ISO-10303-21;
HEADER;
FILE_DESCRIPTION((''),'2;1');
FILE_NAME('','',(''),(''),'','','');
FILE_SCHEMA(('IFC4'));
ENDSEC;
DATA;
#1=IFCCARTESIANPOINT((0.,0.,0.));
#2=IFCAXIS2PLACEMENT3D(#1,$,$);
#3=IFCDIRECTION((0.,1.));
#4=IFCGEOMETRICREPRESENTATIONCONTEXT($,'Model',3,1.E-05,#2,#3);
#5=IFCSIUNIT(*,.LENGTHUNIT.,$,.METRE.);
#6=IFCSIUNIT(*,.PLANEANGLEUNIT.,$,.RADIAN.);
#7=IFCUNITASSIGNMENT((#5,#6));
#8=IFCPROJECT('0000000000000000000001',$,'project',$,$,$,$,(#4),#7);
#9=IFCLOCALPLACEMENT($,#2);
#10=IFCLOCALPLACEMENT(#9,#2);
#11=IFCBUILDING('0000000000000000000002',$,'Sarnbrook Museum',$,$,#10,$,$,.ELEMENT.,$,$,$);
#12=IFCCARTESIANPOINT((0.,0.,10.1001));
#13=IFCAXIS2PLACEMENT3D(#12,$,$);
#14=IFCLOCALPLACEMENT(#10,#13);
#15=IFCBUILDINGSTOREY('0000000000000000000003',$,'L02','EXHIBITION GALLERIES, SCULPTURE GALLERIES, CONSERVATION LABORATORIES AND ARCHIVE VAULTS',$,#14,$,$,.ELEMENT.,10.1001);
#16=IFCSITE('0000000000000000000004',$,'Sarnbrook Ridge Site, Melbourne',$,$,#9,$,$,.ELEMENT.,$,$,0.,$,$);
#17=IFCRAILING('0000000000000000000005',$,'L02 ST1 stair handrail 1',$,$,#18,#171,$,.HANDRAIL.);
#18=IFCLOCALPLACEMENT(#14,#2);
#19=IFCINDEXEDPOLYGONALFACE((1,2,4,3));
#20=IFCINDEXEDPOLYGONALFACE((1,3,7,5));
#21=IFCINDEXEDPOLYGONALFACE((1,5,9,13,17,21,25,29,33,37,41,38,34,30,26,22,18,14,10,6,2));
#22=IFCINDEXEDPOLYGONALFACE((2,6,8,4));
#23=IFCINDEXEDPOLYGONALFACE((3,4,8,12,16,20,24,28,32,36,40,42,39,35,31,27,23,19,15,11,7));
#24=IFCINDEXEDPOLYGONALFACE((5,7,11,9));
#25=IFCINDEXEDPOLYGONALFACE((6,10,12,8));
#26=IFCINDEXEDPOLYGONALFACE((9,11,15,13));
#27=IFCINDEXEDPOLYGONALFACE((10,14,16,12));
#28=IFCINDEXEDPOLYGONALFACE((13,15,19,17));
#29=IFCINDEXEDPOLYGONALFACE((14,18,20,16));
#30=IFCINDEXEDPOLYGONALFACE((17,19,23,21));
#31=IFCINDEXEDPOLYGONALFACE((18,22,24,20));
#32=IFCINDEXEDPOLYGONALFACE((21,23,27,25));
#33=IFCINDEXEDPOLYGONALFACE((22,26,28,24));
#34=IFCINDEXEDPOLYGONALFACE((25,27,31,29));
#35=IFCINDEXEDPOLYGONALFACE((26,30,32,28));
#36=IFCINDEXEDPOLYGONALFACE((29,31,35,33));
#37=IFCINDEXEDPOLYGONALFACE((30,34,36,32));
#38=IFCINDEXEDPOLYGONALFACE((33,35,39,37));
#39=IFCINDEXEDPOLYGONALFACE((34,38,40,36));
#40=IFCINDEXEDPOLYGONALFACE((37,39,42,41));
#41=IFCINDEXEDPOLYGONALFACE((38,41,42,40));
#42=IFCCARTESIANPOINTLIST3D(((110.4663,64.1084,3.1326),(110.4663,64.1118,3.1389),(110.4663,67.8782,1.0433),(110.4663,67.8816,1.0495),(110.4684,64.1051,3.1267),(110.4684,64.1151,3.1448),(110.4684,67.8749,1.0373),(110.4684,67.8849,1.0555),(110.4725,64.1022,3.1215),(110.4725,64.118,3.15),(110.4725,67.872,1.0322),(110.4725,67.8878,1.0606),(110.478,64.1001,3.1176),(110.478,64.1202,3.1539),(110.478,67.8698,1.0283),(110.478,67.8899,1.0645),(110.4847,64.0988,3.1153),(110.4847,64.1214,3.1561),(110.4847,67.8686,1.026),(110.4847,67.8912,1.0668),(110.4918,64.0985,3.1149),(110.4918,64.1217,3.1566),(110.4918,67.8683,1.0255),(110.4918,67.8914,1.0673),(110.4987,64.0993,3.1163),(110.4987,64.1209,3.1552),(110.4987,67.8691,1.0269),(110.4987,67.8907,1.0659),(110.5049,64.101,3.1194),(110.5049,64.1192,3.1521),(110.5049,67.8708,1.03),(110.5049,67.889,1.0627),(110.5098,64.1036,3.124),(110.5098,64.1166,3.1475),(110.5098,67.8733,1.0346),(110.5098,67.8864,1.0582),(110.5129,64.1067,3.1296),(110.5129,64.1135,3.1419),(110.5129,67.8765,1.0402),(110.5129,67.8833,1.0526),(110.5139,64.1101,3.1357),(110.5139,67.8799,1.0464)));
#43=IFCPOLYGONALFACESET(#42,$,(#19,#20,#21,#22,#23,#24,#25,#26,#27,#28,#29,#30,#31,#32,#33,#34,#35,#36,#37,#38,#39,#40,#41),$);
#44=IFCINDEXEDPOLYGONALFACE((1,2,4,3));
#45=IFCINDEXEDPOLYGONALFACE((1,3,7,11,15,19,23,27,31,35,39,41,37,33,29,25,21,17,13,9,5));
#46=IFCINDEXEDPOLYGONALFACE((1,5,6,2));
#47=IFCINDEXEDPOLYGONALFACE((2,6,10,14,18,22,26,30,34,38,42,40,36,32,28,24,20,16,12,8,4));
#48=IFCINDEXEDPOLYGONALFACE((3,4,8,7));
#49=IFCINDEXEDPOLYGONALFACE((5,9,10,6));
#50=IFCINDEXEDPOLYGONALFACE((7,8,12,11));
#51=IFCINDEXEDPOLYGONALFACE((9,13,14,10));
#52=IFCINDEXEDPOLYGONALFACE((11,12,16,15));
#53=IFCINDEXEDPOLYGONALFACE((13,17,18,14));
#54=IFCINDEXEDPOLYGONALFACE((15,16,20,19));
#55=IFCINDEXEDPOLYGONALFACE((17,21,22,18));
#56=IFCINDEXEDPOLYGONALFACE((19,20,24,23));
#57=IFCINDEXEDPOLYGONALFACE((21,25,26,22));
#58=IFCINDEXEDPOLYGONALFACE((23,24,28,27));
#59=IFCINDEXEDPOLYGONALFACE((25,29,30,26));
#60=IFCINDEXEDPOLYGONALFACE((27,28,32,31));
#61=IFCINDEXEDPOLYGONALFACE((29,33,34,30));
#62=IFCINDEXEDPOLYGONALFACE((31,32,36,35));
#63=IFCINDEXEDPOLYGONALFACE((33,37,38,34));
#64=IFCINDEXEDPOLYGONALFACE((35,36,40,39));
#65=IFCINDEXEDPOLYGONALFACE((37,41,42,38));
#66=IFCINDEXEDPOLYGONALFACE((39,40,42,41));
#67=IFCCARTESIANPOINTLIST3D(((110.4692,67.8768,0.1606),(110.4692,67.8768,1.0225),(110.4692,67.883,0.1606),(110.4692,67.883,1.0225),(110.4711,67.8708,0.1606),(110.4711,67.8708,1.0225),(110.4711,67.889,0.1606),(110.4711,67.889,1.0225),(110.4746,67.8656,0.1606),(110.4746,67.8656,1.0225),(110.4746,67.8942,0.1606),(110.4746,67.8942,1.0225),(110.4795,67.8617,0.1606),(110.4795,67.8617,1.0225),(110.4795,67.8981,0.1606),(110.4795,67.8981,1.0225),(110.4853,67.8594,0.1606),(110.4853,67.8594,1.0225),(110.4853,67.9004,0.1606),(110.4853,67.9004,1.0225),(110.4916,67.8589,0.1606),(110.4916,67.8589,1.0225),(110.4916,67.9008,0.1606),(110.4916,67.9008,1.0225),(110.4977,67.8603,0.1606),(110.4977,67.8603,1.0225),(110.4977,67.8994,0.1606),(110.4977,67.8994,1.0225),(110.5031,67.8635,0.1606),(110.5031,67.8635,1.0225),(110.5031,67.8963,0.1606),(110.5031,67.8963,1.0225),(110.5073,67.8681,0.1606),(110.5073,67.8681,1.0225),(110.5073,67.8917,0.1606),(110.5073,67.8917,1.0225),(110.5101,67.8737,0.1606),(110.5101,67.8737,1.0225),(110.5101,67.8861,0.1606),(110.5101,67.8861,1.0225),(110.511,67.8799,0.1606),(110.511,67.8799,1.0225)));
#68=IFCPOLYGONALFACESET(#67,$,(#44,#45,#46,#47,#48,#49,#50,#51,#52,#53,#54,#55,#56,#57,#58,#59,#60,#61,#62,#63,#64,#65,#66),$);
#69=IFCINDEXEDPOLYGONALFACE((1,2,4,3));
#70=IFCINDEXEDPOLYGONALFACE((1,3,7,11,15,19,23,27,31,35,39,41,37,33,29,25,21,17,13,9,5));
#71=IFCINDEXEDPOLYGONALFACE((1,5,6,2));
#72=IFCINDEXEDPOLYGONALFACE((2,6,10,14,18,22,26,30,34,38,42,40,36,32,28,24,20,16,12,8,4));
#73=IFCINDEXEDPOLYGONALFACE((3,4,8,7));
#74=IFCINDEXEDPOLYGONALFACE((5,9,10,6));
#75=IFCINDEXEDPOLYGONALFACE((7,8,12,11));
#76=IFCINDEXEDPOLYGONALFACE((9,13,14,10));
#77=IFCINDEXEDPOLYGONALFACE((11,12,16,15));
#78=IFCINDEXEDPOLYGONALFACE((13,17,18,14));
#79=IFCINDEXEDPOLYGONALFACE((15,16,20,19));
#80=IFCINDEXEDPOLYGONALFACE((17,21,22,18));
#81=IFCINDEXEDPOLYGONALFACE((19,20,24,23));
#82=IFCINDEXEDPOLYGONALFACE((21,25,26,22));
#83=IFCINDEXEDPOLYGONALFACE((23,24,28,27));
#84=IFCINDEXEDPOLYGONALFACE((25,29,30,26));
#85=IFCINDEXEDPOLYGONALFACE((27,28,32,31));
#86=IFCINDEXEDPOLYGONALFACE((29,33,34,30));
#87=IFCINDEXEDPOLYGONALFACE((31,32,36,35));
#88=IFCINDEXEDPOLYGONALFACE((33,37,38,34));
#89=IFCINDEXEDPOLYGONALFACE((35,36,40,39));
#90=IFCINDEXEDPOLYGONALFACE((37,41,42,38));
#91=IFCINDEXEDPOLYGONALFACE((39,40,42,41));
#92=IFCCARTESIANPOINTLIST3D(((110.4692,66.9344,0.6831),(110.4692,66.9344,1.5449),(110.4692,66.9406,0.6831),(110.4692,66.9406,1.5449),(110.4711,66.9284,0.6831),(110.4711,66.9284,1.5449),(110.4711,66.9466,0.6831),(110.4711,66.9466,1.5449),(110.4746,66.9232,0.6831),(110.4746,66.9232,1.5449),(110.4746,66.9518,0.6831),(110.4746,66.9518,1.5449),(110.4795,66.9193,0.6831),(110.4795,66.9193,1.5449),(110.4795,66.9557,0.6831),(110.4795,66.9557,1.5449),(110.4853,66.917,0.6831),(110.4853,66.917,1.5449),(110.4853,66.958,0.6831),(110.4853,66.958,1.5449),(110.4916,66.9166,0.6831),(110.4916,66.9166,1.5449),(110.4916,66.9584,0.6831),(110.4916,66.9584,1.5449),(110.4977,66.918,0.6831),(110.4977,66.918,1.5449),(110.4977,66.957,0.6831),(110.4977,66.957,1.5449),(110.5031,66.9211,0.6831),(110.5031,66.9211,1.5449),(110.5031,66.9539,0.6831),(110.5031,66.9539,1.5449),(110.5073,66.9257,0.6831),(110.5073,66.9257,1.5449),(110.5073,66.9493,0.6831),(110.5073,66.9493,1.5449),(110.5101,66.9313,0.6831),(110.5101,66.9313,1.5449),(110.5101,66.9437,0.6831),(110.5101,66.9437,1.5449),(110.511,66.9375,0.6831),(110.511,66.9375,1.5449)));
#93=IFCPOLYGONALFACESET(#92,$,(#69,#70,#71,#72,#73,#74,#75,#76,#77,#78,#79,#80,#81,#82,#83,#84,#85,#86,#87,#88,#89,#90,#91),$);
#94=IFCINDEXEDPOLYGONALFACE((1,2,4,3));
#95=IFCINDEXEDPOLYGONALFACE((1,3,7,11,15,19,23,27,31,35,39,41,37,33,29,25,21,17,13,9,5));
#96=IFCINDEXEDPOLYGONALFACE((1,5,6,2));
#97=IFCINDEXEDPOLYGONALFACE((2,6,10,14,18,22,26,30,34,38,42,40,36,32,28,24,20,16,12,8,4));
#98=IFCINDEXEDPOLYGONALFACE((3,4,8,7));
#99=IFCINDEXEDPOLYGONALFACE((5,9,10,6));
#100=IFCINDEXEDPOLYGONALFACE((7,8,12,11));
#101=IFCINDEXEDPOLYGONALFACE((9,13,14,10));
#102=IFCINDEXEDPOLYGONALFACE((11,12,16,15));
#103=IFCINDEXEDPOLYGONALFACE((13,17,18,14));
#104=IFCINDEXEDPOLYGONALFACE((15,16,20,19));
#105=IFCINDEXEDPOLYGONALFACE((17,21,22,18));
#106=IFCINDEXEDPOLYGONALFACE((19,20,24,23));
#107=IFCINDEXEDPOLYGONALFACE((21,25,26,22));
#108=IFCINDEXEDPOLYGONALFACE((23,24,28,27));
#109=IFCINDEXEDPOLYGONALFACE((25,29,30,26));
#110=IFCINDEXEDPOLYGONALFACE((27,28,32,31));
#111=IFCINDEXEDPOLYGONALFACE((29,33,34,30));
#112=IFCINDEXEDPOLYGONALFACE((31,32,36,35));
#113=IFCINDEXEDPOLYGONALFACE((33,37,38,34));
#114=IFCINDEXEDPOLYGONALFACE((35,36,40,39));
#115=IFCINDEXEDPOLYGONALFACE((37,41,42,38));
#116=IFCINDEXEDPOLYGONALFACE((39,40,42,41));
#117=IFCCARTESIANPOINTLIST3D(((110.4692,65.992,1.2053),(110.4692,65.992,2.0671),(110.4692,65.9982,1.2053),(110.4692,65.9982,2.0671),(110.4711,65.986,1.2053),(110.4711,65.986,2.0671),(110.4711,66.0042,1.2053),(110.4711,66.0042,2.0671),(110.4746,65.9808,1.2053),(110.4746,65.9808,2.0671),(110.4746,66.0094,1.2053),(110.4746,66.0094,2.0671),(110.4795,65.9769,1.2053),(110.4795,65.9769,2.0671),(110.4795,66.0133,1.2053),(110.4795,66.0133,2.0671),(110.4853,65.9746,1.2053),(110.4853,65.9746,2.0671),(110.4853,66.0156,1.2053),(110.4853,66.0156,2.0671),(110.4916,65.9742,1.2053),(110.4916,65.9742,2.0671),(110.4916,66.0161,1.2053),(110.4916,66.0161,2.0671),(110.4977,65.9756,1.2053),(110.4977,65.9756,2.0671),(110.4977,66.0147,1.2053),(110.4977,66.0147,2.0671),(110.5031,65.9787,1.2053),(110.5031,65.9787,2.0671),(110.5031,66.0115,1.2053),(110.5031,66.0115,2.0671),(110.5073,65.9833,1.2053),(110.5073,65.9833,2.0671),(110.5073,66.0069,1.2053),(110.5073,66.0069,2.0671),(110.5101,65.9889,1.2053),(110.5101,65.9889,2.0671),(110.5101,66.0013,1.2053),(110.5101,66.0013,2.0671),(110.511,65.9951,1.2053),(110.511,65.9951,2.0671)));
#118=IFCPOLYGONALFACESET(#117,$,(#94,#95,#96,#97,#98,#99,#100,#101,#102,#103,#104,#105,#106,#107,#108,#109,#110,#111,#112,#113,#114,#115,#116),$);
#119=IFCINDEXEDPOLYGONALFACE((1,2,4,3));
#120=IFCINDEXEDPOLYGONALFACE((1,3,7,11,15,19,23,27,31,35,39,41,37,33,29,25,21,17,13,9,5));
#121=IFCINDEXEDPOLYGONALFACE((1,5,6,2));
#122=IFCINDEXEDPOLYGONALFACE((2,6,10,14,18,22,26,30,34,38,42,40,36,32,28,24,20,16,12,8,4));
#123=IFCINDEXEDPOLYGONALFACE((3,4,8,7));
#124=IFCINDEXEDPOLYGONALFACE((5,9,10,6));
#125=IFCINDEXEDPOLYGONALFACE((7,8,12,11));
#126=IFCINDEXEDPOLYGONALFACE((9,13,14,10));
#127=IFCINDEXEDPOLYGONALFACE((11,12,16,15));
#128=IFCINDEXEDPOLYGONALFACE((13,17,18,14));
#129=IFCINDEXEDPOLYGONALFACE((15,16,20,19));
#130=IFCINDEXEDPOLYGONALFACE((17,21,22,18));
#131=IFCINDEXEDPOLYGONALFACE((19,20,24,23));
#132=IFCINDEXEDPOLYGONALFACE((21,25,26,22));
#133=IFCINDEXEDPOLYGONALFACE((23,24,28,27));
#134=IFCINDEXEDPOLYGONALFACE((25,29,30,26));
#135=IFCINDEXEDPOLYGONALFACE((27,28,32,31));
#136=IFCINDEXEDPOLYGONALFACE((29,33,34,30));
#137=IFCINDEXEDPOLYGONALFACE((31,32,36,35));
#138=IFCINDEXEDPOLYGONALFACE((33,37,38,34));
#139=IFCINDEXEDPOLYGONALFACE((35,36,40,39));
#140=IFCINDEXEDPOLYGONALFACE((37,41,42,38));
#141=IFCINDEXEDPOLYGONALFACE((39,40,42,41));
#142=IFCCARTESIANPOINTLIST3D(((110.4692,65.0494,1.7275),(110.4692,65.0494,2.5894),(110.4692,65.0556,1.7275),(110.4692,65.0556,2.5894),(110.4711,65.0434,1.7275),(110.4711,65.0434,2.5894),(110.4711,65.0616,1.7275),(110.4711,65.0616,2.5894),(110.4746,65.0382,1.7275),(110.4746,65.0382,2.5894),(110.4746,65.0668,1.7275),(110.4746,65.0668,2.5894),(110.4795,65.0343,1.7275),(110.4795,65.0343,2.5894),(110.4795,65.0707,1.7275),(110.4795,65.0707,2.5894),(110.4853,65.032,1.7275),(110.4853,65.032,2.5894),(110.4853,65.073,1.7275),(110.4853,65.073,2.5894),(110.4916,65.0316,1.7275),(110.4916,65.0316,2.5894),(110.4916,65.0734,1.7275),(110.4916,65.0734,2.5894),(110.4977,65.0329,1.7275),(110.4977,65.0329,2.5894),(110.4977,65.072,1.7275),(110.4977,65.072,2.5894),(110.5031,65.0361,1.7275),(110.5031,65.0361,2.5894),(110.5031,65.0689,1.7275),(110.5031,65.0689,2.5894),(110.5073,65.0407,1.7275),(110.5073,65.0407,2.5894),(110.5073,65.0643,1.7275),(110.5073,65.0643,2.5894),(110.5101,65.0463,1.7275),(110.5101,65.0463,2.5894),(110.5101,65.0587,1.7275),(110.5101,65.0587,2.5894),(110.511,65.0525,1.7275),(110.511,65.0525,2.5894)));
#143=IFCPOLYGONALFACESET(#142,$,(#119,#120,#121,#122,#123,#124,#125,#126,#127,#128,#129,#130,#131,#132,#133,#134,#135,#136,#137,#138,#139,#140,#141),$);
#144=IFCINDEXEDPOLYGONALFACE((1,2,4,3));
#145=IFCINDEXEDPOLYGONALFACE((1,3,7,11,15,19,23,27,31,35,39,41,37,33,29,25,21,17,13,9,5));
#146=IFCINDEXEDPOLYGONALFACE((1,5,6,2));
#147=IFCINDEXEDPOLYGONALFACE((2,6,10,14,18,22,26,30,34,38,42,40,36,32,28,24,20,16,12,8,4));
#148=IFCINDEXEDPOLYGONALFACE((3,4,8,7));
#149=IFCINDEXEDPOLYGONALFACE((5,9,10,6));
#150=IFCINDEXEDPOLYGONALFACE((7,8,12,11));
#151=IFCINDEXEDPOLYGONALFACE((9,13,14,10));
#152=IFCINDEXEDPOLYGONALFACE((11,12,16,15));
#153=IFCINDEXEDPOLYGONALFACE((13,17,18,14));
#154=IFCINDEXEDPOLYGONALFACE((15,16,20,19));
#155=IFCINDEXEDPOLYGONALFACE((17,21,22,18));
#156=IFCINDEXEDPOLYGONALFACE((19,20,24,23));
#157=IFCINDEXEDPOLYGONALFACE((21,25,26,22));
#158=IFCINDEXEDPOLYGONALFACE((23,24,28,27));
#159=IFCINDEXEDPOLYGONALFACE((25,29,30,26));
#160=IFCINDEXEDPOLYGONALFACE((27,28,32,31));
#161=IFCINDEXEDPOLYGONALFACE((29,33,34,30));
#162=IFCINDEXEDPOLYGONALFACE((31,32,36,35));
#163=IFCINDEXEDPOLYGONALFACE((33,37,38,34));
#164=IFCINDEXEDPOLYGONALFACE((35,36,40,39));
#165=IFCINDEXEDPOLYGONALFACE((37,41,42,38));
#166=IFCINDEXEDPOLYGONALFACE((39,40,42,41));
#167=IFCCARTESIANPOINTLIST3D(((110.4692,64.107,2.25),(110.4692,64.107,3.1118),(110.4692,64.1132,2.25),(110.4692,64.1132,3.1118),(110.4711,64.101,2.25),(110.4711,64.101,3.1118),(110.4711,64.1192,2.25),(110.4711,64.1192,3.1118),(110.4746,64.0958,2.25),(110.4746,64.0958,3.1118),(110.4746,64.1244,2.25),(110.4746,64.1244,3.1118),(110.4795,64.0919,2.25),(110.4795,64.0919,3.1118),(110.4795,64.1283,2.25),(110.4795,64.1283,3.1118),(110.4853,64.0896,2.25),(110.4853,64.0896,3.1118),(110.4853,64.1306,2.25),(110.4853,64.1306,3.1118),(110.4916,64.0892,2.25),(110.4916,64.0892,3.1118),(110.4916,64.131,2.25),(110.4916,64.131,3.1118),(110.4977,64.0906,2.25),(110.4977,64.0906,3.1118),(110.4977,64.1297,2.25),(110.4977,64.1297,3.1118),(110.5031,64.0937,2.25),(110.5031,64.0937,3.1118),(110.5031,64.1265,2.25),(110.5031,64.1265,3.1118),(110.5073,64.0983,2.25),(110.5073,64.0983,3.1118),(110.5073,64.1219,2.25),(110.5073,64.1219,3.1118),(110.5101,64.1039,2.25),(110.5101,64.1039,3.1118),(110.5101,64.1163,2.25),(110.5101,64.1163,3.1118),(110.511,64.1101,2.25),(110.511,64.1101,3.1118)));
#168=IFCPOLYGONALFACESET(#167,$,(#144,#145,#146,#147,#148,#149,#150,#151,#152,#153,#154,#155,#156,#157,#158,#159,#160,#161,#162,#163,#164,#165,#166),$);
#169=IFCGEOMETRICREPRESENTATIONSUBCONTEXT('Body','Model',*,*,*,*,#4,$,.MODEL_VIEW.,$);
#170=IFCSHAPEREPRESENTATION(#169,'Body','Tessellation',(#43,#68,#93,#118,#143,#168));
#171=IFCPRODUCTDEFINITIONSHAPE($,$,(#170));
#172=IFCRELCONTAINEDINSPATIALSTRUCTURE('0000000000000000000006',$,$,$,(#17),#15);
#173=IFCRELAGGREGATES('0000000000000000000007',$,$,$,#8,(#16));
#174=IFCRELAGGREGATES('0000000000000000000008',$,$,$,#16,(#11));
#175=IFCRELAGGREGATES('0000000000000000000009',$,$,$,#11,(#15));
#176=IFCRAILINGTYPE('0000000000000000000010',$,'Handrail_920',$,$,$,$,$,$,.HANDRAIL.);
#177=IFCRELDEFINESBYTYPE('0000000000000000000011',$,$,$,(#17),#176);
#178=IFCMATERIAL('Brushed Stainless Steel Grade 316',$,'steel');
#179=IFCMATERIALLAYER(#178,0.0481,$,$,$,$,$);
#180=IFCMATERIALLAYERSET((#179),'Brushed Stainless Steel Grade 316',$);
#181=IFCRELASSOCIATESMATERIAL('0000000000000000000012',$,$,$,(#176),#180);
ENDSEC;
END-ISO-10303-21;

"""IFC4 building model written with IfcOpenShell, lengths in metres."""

from ifc_helpers import new_model, si_unit, direction, frame, origin, origin_2d, place, context, subcontext, project, spatial, circle, extrude, material, layer, layer_set, type_object, element, save


model = new_model("IFC4")

# Units and contexts
model_context = context("Model", 3, precision=1e-05, world=origin(), true_north=direction((0.0, 1.0)))
body_context = subcontext(model_context, "Body", "Model", "MODEL_VIEW")
ifc_project = project(units=[si_unit("LENGTHUNIT", "METRE"), si_unit("PLANEANGLEUNIT", "RADIAN")], contexts=[model_context])

# Site, building, storey
site_placement = place(None, origin())
site = spatial("IfcSite", under=ifc_project, at=site_placement, Name="Sarnbrook Ridge Site, Melbourne", CompositionType="ELEMENT", RefElevation=0.0)
building_placement = place(site_placement, origin())
building = spatial("IfcBuilding", under=site, at=building_placement, Name="Sarnbrook Museum", CompositionType="ELEMENT")
storey_placement = place(building_placement, frame((0.0, 0.0, 10.1001)))
storey = spatial("IfcBuildingStorey", under=building, at=storey_placement, Name="L02", Description="EXHIBITION GALLERIES, SCULPTURE GALLERIES, CONSERVATION LABORATORIES AND ARCHIVE VAULTS", CompositionType="ELEMENT", Elevation=10.1001)

# Shared definitions
ifc_material_1 = material(Name="Brushed Stainless Steel Grade 316", Category="steel")

# Railing
ifc_layer_1 = layer(ifc_material_1, 0.0481)
ifc_layer_set_1 = layer_set([ifc_layer_1], Name="Brushed Stainless Steel Grade 316")
railing_type_1 = type_object("IfcRailingType", Name="Handrail_920", PredefinedType="HANDRAIL", material=ifc_layer_set_1)
railing_1_placement = place(storey_placement, frame((110.49, 67.8799, 0.1606)))
element("IfcRailing", 1, at=railing_1_placement, inside=storey, type_object=railing_type_1, Name="L02 ST1 stair handrail 1", PredefinedType="HANDRAIL", context=body_context, shape_type="SweptSolid", body=[
    extrude(circle(Radius=0.0239, at=origin_2d()), frame((0.0, 0.0, 0.8857), z_axis=(0.0, -0.874646, 0.484763), x_axis=(1.0, 0.0, 0.0)), (0.0, 0.0, 1.0), 4.3101),
    extrude(circle(Radius=0.021, at=origin_2d()), origin(), (0.0, 0.0, 1.0), 0.8618),
    extrude(circle(Radius=0.021, at=origin_2d()), frame((0.0, -0.9424, 0.5225)), (0.0, 0.0, 1.0), 0.8618),
    extrude(circle(Radius=0.021, at=origin_2d()), frame((0.0, -1.8848, 1.0447)), (0.0, 0.0, 1.0), 0.8618),
    extrude(circle(Radius=0.021, at=origin_2d()), frame((0.0, -2.8274, 1.5669)), (0.0, 0.0, 1.0), 0.8618),
    extrude(circle(Radius=0.021, at=origin_2d()), frame((0.0, -3.7698, 2.0894)), (0.0, 0.0, 1.0), 0.8618),
])

save(model, "model.ifc")
